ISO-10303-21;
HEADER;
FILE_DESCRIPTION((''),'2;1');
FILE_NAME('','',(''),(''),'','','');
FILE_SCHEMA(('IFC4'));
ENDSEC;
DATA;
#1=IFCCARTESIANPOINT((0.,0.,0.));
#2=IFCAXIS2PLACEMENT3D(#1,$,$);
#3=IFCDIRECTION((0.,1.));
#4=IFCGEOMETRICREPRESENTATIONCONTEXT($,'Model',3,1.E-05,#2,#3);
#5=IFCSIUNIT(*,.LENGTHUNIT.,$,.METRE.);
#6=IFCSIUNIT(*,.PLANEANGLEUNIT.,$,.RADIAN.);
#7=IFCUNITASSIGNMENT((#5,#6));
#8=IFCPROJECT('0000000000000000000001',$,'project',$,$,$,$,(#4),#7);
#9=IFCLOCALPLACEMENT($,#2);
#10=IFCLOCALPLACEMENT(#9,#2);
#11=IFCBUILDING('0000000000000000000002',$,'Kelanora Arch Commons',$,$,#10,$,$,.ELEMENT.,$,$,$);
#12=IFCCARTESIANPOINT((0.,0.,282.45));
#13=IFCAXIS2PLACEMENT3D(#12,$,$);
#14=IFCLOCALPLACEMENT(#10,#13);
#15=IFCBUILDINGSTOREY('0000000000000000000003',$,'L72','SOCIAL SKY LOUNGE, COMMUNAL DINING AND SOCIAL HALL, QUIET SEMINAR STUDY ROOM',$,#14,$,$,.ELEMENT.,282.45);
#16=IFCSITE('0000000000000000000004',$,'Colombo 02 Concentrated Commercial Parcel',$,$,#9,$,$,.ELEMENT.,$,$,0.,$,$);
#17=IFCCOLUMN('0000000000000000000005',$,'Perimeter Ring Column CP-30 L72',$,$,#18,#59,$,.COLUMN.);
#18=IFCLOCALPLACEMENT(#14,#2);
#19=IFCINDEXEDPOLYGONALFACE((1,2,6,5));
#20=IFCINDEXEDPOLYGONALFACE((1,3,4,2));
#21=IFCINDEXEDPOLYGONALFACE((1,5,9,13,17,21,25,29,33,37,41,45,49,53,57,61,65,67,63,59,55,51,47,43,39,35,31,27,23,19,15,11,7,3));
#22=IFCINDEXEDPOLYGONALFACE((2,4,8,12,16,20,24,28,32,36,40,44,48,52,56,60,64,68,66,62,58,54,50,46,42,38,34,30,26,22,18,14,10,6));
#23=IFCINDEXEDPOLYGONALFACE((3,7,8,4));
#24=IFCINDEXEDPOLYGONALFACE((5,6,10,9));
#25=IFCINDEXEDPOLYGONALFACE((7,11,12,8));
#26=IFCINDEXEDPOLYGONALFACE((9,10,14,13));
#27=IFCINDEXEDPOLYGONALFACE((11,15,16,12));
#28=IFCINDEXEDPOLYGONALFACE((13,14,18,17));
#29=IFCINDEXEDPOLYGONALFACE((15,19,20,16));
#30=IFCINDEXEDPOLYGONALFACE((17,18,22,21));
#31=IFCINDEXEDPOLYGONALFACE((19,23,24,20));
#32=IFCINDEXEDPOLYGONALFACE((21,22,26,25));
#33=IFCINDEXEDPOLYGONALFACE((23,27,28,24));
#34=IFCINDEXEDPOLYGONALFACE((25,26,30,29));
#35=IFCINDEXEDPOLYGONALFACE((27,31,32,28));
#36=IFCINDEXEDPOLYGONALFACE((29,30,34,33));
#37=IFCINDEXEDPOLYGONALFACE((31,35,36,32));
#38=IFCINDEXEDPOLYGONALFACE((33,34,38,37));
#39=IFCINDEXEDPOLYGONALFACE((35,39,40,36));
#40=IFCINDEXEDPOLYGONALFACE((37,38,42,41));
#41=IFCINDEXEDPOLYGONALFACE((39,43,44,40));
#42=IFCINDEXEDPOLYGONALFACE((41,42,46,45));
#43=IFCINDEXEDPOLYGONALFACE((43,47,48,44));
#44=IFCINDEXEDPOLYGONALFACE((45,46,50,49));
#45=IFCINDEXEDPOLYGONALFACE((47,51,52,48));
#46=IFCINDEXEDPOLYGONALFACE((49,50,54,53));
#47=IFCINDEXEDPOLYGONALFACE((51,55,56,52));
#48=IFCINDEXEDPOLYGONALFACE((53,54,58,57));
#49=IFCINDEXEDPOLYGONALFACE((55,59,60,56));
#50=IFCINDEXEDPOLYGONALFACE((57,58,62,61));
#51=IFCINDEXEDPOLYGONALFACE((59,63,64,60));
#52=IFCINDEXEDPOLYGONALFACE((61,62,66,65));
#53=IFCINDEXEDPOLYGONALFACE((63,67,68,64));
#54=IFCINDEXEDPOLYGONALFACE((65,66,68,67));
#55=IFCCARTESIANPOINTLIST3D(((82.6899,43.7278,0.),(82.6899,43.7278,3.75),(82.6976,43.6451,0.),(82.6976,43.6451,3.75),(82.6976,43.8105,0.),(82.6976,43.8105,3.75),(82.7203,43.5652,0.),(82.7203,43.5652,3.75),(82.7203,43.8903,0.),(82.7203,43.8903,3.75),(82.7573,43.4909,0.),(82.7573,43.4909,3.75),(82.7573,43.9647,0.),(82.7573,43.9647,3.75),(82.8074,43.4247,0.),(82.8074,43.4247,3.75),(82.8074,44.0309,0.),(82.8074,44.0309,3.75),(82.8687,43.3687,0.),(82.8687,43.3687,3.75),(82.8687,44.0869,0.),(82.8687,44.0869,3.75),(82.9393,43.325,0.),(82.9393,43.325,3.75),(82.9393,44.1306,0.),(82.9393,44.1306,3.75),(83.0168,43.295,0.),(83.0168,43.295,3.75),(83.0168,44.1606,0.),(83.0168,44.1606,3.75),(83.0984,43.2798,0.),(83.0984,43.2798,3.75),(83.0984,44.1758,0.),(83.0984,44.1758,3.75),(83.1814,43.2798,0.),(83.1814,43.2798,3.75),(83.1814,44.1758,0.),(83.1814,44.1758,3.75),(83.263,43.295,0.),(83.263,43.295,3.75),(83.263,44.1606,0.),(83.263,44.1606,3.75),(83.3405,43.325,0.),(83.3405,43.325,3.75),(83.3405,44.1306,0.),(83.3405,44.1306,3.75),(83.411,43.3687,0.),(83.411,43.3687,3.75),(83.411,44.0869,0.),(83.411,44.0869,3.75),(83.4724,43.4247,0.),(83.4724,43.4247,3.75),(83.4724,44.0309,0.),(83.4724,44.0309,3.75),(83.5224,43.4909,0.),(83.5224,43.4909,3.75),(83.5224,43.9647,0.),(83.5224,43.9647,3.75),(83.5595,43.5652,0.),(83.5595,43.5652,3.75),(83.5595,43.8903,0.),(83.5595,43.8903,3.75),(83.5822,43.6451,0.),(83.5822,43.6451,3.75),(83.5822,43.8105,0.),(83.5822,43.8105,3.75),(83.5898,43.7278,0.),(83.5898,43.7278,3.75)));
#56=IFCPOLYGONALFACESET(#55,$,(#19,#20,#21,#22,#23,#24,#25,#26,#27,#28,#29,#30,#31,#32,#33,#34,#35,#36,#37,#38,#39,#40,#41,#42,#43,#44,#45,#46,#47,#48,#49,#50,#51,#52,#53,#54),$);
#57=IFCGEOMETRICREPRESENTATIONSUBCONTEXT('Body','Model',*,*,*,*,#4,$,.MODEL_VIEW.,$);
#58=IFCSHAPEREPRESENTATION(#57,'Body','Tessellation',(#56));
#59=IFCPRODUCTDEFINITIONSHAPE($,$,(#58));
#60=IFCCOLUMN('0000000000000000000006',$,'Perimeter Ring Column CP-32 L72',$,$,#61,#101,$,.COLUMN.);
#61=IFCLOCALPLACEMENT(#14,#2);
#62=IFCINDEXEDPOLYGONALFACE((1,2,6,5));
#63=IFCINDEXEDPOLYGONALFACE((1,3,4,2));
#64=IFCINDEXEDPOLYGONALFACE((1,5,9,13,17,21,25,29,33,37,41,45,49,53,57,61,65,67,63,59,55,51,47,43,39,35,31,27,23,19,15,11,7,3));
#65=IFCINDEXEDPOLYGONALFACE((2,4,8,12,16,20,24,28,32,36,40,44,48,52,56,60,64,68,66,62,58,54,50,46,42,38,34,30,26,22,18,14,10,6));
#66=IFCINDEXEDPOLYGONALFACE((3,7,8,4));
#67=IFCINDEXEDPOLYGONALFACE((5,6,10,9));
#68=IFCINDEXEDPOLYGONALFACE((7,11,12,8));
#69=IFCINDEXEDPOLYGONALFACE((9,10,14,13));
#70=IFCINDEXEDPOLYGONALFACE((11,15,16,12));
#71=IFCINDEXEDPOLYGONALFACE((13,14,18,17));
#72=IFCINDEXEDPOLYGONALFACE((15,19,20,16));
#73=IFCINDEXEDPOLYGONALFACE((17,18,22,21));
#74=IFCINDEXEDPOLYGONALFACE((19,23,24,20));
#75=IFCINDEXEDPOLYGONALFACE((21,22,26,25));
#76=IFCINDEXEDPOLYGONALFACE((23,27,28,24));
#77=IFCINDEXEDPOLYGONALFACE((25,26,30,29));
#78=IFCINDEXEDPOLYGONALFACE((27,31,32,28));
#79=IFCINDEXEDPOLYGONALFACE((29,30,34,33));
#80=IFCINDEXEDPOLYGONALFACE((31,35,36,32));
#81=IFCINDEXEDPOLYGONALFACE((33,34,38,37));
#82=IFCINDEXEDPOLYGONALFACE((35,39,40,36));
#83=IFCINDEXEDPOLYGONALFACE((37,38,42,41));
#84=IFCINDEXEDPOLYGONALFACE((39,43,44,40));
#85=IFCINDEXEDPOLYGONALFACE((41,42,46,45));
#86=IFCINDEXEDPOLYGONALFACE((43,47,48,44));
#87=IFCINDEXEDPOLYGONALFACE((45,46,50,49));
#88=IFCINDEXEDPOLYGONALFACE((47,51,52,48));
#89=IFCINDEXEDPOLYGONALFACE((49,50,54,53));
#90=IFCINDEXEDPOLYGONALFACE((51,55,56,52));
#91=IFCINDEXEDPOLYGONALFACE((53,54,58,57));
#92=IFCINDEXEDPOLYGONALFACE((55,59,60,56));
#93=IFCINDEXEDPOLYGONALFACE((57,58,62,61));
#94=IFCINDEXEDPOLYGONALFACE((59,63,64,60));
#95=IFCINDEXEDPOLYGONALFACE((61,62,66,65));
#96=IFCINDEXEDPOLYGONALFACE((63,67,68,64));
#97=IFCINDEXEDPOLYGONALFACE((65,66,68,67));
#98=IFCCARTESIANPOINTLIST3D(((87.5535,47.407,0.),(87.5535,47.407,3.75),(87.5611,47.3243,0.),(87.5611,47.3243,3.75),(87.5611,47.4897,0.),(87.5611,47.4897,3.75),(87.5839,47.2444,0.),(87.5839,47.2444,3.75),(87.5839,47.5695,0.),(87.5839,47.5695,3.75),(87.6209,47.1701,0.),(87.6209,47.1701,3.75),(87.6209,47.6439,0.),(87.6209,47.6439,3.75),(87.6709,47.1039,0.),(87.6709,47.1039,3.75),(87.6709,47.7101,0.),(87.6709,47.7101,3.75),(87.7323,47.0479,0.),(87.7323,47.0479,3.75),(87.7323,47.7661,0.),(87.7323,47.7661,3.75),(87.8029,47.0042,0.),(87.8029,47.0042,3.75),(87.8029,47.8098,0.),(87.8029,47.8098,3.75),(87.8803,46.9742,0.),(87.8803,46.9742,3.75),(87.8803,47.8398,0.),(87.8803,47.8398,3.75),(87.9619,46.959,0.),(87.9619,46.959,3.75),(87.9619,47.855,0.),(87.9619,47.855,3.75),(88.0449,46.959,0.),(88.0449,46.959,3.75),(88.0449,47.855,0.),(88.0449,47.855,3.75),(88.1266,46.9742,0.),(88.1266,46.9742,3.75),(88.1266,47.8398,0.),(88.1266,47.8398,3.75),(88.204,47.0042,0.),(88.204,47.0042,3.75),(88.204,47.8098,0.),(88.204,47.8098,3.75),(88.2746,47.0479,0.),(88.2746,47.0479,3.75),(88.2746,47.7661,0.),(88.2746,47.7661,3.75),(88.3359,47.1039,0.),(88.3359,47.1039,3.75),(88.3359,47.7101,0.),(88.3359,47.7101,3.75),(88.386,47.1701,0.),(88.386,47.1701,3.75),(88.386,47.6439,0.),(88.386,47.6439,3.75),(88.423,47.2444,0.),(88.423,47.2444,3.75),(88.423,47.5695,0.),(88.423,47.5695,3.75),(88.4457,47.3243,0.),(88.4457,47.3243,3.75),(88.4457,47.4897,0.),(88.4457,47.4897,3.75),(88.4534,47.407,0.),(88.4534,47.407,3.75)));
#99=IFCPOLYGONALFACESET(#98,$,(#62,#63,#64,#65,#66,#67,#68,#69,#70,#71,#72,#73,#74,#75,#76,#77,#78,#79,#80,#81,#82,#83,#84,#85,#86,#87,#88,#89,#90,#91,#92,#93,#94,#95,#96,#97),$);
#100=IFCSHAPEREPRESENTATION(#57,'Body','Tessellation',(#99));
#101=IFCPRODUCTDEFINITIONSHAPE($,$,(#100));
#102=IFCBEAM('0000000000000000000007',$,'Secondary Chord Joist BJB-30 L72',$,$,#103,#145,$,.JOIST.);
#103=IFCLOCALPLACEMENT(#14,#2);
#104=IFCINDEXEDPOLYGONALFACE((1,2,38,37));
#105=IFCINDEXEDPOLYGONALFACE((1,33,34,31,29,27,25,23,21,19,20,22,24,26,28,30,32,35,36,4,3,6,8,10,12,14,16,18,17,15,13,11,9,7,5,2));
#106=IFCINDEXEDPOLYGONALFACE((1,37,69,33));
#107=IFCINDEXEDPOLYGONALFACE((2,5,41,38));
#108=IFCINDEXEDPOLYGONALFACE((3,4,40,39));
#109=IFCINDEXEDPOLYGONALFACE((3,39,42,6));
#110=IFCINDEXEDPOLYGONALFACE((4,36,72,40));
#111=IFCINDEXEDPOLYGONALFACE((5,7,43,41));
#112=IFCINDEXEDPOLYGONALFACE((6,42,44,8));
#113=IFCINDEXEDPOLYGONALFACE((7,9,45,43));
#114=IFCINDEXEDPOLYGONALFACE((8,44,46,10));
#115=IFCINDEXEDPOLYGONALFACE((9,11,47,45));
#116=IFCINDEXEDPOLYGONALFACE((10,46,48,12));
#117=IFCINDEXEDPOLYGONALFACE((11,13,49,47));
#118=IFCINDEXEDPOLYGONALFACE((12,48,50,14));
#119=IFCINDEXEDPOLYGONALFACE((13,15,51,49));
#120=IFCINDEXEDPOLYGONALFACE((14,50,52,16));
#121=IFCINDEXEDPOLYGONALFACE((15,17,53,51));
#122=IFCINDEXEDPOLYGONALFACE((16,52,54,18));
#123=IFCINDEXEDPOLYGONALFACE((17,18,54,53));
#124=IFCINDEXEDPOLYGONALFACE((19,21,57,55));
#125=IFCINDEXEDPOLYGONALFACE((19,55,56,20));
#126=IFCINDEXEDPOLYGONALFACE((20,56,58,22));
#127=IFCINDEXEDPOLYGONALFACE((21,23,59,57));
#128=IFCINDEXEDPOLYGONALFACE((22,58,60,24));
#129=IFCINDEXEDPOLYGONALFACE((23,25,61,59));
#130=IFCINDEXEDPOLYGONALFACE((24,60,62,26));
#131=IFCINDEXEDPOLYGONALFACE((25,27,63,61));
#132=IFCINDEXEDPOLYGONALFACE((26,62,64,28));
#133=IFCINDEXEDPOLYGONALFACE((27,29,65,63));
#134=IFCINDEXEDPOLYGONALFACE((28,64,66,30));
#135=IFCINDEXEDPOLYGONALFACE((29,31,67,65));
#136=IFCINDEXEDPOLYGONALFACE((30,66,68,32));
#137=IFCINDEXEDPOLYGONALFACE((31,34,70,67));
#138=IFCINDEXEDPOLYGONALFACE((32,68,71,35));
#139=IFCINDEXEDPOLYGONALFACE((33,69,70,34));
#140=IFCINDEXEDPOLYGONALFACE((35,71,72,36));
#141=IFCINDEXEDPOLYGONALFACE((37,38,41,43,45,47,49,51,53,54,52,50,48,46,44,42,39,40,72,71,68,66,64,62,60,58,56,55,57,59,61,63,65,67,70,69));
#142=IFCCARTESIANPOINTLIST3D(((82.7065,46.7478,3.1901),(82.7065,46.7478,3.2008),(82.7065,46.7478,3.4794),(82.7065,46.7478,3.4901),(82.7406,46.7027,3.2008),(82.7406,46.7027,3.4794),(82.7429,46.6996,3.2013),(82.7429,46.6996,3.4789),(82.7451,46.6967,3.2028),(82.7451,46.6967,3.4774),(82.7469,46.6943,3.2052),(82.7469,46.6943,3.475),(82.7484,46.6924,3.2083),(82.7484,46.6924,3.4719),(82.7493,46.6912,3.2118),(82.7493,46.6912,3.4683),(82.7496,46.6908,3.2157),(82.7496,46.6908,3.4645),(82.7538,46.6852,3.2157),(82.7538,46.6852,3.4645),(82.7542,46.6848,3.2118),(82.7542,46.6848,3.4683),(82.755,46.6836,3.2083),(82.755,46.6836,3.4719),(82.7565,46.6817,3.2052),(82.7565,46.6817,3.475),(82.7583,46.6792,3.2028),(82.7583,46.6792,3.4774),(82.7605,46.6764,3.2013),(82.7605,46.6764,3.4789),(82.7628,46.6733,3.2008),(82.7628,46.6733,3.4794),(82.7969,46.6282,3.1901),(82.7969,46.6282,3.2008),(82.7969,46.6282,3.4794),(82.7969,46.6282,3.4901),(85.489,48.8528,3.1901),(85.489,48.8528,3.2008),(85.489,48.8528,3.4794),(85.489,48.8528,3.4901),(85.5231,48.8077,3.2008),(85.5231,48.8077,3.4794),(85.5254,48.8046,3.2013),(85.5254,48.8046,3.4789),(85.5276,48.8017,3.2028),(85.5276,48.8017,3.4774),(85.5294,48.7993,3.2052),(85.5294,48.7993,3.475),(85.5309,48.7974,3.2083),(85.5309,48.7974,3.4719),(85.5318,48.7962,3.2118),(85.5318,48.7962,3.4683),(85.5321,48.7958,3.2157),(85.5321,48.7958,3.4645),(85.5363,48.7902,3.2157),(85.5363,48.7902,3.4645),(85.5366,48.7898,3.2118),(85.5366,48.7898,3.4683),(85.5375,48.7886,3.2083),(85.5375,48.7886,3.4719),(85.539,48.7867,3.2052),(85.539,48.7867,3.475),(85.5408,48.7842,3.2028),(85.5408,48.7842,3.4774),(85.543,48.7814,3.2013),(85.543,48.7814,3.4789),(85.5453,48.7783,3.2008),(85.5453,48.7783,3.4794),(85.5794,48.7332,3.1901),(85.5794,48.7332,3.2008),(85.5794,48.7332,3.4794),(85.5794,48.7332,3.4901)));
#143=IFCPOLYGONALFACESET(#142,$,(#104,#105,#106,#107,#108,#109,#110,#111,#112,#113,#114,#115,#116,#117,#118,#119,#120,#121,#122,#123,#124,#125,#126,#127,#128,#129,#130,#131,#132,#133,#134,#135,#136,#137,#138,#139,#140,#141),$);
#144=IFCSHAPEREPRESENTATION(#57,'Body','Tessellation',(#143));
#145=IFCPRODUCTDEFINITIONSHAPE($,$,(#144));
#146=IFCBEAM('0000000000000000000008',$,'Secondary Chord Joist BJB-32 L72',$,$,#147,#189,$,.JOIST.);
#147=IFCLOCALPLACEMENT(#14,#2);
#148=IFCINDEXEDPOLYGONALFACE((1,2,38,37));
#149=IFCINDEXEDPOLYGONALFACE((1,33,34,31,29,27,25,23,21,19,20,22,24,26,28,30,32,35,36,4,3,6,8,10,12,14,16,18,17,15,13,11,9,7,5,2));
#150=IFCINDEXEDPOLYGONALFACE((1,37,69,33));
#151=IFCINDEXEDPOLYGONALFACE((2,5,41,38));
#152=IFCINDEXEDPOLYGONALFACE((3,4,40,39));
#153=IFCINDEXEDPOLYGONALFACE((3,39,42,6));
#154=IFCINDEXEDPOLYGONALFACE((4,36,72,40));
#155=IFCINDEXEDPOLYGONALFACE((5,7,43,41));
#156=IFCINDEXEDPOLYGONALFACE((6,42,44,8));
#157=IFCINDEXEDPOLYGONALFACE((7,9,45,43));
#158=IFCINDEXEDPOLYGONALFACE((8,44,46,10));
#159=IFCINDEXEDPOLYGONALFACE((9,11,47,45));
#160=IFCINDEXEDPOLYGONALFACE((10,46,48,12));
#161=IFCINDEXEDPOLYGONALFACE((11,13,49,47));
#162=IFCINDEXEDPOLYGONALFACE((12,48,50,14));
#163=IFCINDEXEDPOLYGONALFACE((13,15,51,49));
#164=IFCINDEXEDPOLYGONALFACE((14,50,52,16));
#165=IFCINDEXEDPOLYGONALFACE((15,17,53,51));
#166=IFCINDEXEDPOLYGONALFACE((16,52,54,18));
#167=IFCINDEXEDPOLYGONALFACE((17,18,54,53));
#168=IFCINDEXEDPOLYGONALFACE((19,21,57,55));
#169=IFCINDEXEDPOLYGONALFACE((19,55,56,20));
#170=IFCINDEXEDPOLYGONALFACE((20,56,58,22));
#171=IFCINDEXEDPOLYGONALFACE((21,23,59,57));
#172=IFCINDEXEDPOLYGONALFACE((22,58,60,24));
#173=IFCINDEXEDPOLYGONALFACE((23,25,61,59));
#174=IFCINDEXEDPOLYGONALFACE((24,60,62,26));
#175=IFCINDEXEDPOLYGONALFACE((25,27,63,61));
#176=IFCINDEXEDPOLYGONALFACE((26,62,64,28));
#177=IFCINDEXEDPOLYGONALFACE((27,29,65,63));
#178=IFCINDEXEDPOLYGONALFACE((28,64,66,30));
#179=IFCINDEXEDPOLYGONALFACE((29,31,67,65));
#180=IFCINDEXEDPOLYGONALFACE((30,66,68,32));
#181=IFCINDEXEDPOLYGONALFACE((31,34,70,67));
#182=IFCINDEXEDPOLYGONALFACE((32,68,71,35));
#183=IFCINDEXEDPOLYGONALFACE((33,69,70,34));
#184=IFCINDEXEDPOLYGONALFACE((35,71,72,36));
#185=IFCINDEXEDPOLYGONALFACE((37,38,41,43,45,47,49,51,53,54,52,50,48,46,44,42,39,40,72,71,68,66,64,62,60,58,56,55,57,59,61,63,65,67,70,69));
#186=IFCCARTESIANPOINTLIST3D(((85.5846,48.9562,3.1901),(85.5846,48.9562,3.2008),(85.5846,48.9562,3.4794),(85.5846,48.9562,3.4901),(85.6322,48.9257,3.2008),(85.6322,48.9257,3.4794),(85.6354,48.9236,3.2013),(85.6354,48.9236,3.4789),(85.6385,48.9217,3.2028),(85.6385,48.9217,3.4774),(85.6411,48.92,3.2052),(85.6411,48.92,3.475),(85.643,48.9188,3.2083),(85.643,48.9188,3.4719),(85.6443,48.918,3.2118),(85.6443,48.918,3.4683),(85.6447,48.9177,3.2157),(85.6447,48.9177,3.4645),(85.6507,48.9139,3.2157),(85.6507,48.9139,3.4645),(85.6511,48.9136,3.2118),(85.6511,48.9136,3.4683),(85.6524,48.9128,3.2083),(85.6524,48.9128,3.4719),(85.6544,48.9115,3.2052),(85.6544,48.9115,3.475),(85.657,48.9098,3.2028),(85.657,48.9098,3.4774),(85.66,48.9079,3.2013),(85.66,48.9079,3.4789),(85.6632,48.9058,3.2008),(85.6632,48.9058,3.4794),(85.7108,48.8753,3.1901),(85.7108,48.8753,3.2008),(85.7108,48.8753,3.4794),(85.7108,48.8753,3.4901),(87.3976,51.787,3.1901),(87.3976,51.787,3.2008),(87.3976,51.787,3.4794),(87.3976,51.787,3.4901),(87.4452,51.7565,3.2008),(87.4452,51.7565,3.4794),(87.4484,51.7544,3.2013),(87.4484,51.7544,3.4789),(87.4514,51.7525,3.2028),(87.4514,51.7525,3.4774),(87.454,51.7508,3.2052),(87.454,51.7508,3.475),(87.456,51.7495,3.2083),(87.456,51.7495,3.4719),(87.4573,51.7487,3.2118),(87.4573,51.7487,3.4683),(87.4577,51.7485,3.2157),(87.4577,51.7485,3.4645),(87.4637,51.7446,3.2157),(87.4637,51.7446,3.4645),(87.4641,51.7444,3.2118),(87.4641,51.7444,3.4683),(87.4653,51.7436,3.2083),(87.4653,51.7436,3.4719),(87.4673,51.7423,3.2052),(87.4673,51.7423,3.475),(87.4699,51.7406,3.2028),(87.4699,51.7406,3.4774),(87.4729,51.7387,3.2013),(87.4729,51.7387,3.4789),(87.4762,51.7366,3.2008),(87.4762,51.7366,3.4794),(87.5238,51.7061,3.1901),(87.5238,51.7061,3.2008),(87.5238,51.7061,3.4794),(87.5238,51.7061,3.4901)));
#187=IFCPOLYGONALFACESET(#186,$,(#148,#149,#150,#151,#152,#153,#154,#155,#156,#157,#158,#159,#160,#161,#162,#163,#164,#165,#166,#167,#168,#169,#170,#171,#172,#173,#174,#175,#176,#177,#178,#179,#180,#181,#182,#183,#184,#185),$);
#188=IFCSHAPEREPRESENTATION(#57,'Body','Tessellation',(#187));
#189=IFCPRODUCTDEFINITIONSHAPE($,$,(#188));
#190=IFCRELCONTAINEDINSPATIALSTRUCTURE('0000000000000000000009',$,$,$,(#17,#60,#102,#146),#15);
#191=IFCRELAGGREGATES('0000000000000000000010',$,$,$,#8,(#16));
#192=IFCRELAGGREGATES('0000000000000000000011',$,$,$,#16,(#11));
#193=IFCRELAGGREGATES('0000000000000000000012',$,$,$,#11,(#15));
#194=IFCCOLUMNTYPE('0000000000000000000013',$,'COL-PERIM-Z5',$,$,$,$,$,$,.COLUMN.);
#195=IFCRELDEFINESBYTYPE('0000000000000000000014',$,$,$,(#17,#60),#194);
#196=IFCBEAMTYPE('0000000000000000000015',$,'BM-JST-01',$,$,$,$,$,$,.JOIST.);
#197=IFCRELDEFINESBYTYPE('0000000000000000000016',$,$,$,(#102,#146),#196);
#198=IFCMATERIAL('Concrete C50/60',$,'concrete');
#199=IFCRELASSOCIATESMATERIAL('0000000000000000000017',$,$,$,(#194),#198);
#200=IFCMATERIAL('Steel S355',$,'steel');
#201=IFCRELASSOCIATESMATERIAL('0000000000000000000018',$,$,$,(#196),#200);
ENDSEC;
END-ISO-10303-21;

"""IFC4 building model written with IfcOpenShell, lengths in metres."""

from ifc_helpers import new_model, si_unit, direction, frame, origin, origin_2d, place, context, subcontext, project, spatial, circle, i_section, extrude, material, material_profile, profile_set, type_object, element, save


model = new_model("IFC4")

# Units and contexts
model_context = context("Model", 3, precision=1e-05, world=origin(), true_north=direction((0.0, 1.0)))
body_context = subcontext(model_context, "Body", "Model", "MODEL_VIEW")
ifc_project = project(units=[si_unit("LENGTHUNIT", "METRE"), si_unit("PLANEANGLEUNIT", "RADIAN")], contexts=[model_context])

# Site, building, storey
site_placement = place(None, origin())
site = spatial("IfcSite", under=ifc_project, at=site_placement, Name="Colombo 02 Concentrated Commercial Parcel", CompositionType="ELEMENT", RefElevation=0.0)
building_placement = place(site_placement, origin())
building = spatial("IfcBuilding", under=site, at=building_placement, Name="Kelanora Arch Commons", CompositionType="ELEMENT")
storey_placement = place(building_placement, frame((0.0, 0.0, 282.45)))
storey = spatial("IfcBuildingStorey", under=building, at=storey_placement, Name="L72", Description="SOCIAL SKY LOUNGE, COMMUNAL DINING AND SOCIAL HALL, QUIET SEMINAR STUDY ROOM", CompositionType="ELEMENT", Elevation=282.45)

# Columns
ifc_material_1 = material(Name="Concrete C50/60", Category="concrete")
ifc_material_profile_1 = material_profile(ifc_material_1, circle(Radius=0.45, at=origin_2d()), Name="RCC900")
ifc_profile_set_1 = profile_set([ifc_material_profile_1], Name="Concrete C50/60")
column_type = type_object("IfcColumnType", Name="COL-PERIM-Z5", PredefinedType="COLUMN", material=ifc_profile_set_1)
for number, where, z_axis, x_axis, name in (
    (1, (83.1399, 43.7278, 0.0), (0.0, 0.0, 1.0), (1.0, 0.0, 0.0), "Perimeter Ring Column CP-30 L72"),
    (2, (88.0034, 47.407, 0.0), (0.0, 0.0, 1.0), (1.0, 0.0, 0.0), "Perimeter Ring Column CP-32 L72"),
):
    element("IfcColumn", number, at=place(storey_placement, frame(where, z_axis=z_axis, x_axis=x_axis)), inside=storey, type_object=column_type, Name=name, PredefinedType="COLUMN", context=body_context, shape_type="SweptSolid", body=[
        extrude(circle(Radius=0.45, at=origin_2d()), origin(), (0.0, 0.0, 1.0), 3.75),
    ])

# Beams
ifc_material_2 = material(Name="Steel S355", Category="steel")
ifc_material_profile_2 = material_profile(ifc_material_2, i_section(OverallWidth=0.1499, OverallDepth=0.3, WebThickness=0.0071, FlangeThickness=0.0107, FilletRadius=0.0149, at=origin_2d()), Name="IPE300")
ifc_profile_set_2 = profile_set([ifc_material_profile_2], Name="Steel S355")
beam_type_1 = type_object("IfcBeamType", Name="BM-JST-01", PredefinedType="JOIST", material=ifc_profile_set_2)
beam_1_placement = place(storey_placement, frame((82.7517, 46.688, 3.3401), z_axis=(0.797499, 0.60332, 0.0), x_axis=(-0.60332, 0.797499, 0.0)))
element("IfcBeam", 3, at=beam_1_placement, inside=storey, type_object=beam_type_1, Name="Secondary Chord Joist BJB-30 L72", PredefinedType="JOIST", context=body_context, shape_type="SweptSolid", body=[
    extrude(i_section(OverallWidth=0.1499, OverallDepth=0.3, WebThickness=0.0071, FlangeThickness=0.0107, FilletRadius=0.0149, at=origin_2d()), origin(), (0.0, 0.0, 1.0), 3.489),
])
beam_2_placement = place(storey_placement, frame((85.6477, 48.9158, 3.3401), z_axis=(0.539322, 0.8421, 0.0), x_axis=(-0.8421, 0.539322, 0.0)))
element("IfcBeam", 4, at=beam_2_placement, inside=storey, type_object=beam_type_1, Name="Secondary Chord Joist BJB-32 L72", PredefinedType="JOIST", context=body_context, shape_type="SweptSolid", body=[
    extrude(i_section(OverallWidth=0.1499, OverallDepth=0.3, WebThickness=0.0071, FlangeThickness=0.0107, FilletRadius=0.0149, at=origin_2d()), origin(), (0.0, 0.0, 1.0), 3.3616),
])

save(model, "model.ifc")
